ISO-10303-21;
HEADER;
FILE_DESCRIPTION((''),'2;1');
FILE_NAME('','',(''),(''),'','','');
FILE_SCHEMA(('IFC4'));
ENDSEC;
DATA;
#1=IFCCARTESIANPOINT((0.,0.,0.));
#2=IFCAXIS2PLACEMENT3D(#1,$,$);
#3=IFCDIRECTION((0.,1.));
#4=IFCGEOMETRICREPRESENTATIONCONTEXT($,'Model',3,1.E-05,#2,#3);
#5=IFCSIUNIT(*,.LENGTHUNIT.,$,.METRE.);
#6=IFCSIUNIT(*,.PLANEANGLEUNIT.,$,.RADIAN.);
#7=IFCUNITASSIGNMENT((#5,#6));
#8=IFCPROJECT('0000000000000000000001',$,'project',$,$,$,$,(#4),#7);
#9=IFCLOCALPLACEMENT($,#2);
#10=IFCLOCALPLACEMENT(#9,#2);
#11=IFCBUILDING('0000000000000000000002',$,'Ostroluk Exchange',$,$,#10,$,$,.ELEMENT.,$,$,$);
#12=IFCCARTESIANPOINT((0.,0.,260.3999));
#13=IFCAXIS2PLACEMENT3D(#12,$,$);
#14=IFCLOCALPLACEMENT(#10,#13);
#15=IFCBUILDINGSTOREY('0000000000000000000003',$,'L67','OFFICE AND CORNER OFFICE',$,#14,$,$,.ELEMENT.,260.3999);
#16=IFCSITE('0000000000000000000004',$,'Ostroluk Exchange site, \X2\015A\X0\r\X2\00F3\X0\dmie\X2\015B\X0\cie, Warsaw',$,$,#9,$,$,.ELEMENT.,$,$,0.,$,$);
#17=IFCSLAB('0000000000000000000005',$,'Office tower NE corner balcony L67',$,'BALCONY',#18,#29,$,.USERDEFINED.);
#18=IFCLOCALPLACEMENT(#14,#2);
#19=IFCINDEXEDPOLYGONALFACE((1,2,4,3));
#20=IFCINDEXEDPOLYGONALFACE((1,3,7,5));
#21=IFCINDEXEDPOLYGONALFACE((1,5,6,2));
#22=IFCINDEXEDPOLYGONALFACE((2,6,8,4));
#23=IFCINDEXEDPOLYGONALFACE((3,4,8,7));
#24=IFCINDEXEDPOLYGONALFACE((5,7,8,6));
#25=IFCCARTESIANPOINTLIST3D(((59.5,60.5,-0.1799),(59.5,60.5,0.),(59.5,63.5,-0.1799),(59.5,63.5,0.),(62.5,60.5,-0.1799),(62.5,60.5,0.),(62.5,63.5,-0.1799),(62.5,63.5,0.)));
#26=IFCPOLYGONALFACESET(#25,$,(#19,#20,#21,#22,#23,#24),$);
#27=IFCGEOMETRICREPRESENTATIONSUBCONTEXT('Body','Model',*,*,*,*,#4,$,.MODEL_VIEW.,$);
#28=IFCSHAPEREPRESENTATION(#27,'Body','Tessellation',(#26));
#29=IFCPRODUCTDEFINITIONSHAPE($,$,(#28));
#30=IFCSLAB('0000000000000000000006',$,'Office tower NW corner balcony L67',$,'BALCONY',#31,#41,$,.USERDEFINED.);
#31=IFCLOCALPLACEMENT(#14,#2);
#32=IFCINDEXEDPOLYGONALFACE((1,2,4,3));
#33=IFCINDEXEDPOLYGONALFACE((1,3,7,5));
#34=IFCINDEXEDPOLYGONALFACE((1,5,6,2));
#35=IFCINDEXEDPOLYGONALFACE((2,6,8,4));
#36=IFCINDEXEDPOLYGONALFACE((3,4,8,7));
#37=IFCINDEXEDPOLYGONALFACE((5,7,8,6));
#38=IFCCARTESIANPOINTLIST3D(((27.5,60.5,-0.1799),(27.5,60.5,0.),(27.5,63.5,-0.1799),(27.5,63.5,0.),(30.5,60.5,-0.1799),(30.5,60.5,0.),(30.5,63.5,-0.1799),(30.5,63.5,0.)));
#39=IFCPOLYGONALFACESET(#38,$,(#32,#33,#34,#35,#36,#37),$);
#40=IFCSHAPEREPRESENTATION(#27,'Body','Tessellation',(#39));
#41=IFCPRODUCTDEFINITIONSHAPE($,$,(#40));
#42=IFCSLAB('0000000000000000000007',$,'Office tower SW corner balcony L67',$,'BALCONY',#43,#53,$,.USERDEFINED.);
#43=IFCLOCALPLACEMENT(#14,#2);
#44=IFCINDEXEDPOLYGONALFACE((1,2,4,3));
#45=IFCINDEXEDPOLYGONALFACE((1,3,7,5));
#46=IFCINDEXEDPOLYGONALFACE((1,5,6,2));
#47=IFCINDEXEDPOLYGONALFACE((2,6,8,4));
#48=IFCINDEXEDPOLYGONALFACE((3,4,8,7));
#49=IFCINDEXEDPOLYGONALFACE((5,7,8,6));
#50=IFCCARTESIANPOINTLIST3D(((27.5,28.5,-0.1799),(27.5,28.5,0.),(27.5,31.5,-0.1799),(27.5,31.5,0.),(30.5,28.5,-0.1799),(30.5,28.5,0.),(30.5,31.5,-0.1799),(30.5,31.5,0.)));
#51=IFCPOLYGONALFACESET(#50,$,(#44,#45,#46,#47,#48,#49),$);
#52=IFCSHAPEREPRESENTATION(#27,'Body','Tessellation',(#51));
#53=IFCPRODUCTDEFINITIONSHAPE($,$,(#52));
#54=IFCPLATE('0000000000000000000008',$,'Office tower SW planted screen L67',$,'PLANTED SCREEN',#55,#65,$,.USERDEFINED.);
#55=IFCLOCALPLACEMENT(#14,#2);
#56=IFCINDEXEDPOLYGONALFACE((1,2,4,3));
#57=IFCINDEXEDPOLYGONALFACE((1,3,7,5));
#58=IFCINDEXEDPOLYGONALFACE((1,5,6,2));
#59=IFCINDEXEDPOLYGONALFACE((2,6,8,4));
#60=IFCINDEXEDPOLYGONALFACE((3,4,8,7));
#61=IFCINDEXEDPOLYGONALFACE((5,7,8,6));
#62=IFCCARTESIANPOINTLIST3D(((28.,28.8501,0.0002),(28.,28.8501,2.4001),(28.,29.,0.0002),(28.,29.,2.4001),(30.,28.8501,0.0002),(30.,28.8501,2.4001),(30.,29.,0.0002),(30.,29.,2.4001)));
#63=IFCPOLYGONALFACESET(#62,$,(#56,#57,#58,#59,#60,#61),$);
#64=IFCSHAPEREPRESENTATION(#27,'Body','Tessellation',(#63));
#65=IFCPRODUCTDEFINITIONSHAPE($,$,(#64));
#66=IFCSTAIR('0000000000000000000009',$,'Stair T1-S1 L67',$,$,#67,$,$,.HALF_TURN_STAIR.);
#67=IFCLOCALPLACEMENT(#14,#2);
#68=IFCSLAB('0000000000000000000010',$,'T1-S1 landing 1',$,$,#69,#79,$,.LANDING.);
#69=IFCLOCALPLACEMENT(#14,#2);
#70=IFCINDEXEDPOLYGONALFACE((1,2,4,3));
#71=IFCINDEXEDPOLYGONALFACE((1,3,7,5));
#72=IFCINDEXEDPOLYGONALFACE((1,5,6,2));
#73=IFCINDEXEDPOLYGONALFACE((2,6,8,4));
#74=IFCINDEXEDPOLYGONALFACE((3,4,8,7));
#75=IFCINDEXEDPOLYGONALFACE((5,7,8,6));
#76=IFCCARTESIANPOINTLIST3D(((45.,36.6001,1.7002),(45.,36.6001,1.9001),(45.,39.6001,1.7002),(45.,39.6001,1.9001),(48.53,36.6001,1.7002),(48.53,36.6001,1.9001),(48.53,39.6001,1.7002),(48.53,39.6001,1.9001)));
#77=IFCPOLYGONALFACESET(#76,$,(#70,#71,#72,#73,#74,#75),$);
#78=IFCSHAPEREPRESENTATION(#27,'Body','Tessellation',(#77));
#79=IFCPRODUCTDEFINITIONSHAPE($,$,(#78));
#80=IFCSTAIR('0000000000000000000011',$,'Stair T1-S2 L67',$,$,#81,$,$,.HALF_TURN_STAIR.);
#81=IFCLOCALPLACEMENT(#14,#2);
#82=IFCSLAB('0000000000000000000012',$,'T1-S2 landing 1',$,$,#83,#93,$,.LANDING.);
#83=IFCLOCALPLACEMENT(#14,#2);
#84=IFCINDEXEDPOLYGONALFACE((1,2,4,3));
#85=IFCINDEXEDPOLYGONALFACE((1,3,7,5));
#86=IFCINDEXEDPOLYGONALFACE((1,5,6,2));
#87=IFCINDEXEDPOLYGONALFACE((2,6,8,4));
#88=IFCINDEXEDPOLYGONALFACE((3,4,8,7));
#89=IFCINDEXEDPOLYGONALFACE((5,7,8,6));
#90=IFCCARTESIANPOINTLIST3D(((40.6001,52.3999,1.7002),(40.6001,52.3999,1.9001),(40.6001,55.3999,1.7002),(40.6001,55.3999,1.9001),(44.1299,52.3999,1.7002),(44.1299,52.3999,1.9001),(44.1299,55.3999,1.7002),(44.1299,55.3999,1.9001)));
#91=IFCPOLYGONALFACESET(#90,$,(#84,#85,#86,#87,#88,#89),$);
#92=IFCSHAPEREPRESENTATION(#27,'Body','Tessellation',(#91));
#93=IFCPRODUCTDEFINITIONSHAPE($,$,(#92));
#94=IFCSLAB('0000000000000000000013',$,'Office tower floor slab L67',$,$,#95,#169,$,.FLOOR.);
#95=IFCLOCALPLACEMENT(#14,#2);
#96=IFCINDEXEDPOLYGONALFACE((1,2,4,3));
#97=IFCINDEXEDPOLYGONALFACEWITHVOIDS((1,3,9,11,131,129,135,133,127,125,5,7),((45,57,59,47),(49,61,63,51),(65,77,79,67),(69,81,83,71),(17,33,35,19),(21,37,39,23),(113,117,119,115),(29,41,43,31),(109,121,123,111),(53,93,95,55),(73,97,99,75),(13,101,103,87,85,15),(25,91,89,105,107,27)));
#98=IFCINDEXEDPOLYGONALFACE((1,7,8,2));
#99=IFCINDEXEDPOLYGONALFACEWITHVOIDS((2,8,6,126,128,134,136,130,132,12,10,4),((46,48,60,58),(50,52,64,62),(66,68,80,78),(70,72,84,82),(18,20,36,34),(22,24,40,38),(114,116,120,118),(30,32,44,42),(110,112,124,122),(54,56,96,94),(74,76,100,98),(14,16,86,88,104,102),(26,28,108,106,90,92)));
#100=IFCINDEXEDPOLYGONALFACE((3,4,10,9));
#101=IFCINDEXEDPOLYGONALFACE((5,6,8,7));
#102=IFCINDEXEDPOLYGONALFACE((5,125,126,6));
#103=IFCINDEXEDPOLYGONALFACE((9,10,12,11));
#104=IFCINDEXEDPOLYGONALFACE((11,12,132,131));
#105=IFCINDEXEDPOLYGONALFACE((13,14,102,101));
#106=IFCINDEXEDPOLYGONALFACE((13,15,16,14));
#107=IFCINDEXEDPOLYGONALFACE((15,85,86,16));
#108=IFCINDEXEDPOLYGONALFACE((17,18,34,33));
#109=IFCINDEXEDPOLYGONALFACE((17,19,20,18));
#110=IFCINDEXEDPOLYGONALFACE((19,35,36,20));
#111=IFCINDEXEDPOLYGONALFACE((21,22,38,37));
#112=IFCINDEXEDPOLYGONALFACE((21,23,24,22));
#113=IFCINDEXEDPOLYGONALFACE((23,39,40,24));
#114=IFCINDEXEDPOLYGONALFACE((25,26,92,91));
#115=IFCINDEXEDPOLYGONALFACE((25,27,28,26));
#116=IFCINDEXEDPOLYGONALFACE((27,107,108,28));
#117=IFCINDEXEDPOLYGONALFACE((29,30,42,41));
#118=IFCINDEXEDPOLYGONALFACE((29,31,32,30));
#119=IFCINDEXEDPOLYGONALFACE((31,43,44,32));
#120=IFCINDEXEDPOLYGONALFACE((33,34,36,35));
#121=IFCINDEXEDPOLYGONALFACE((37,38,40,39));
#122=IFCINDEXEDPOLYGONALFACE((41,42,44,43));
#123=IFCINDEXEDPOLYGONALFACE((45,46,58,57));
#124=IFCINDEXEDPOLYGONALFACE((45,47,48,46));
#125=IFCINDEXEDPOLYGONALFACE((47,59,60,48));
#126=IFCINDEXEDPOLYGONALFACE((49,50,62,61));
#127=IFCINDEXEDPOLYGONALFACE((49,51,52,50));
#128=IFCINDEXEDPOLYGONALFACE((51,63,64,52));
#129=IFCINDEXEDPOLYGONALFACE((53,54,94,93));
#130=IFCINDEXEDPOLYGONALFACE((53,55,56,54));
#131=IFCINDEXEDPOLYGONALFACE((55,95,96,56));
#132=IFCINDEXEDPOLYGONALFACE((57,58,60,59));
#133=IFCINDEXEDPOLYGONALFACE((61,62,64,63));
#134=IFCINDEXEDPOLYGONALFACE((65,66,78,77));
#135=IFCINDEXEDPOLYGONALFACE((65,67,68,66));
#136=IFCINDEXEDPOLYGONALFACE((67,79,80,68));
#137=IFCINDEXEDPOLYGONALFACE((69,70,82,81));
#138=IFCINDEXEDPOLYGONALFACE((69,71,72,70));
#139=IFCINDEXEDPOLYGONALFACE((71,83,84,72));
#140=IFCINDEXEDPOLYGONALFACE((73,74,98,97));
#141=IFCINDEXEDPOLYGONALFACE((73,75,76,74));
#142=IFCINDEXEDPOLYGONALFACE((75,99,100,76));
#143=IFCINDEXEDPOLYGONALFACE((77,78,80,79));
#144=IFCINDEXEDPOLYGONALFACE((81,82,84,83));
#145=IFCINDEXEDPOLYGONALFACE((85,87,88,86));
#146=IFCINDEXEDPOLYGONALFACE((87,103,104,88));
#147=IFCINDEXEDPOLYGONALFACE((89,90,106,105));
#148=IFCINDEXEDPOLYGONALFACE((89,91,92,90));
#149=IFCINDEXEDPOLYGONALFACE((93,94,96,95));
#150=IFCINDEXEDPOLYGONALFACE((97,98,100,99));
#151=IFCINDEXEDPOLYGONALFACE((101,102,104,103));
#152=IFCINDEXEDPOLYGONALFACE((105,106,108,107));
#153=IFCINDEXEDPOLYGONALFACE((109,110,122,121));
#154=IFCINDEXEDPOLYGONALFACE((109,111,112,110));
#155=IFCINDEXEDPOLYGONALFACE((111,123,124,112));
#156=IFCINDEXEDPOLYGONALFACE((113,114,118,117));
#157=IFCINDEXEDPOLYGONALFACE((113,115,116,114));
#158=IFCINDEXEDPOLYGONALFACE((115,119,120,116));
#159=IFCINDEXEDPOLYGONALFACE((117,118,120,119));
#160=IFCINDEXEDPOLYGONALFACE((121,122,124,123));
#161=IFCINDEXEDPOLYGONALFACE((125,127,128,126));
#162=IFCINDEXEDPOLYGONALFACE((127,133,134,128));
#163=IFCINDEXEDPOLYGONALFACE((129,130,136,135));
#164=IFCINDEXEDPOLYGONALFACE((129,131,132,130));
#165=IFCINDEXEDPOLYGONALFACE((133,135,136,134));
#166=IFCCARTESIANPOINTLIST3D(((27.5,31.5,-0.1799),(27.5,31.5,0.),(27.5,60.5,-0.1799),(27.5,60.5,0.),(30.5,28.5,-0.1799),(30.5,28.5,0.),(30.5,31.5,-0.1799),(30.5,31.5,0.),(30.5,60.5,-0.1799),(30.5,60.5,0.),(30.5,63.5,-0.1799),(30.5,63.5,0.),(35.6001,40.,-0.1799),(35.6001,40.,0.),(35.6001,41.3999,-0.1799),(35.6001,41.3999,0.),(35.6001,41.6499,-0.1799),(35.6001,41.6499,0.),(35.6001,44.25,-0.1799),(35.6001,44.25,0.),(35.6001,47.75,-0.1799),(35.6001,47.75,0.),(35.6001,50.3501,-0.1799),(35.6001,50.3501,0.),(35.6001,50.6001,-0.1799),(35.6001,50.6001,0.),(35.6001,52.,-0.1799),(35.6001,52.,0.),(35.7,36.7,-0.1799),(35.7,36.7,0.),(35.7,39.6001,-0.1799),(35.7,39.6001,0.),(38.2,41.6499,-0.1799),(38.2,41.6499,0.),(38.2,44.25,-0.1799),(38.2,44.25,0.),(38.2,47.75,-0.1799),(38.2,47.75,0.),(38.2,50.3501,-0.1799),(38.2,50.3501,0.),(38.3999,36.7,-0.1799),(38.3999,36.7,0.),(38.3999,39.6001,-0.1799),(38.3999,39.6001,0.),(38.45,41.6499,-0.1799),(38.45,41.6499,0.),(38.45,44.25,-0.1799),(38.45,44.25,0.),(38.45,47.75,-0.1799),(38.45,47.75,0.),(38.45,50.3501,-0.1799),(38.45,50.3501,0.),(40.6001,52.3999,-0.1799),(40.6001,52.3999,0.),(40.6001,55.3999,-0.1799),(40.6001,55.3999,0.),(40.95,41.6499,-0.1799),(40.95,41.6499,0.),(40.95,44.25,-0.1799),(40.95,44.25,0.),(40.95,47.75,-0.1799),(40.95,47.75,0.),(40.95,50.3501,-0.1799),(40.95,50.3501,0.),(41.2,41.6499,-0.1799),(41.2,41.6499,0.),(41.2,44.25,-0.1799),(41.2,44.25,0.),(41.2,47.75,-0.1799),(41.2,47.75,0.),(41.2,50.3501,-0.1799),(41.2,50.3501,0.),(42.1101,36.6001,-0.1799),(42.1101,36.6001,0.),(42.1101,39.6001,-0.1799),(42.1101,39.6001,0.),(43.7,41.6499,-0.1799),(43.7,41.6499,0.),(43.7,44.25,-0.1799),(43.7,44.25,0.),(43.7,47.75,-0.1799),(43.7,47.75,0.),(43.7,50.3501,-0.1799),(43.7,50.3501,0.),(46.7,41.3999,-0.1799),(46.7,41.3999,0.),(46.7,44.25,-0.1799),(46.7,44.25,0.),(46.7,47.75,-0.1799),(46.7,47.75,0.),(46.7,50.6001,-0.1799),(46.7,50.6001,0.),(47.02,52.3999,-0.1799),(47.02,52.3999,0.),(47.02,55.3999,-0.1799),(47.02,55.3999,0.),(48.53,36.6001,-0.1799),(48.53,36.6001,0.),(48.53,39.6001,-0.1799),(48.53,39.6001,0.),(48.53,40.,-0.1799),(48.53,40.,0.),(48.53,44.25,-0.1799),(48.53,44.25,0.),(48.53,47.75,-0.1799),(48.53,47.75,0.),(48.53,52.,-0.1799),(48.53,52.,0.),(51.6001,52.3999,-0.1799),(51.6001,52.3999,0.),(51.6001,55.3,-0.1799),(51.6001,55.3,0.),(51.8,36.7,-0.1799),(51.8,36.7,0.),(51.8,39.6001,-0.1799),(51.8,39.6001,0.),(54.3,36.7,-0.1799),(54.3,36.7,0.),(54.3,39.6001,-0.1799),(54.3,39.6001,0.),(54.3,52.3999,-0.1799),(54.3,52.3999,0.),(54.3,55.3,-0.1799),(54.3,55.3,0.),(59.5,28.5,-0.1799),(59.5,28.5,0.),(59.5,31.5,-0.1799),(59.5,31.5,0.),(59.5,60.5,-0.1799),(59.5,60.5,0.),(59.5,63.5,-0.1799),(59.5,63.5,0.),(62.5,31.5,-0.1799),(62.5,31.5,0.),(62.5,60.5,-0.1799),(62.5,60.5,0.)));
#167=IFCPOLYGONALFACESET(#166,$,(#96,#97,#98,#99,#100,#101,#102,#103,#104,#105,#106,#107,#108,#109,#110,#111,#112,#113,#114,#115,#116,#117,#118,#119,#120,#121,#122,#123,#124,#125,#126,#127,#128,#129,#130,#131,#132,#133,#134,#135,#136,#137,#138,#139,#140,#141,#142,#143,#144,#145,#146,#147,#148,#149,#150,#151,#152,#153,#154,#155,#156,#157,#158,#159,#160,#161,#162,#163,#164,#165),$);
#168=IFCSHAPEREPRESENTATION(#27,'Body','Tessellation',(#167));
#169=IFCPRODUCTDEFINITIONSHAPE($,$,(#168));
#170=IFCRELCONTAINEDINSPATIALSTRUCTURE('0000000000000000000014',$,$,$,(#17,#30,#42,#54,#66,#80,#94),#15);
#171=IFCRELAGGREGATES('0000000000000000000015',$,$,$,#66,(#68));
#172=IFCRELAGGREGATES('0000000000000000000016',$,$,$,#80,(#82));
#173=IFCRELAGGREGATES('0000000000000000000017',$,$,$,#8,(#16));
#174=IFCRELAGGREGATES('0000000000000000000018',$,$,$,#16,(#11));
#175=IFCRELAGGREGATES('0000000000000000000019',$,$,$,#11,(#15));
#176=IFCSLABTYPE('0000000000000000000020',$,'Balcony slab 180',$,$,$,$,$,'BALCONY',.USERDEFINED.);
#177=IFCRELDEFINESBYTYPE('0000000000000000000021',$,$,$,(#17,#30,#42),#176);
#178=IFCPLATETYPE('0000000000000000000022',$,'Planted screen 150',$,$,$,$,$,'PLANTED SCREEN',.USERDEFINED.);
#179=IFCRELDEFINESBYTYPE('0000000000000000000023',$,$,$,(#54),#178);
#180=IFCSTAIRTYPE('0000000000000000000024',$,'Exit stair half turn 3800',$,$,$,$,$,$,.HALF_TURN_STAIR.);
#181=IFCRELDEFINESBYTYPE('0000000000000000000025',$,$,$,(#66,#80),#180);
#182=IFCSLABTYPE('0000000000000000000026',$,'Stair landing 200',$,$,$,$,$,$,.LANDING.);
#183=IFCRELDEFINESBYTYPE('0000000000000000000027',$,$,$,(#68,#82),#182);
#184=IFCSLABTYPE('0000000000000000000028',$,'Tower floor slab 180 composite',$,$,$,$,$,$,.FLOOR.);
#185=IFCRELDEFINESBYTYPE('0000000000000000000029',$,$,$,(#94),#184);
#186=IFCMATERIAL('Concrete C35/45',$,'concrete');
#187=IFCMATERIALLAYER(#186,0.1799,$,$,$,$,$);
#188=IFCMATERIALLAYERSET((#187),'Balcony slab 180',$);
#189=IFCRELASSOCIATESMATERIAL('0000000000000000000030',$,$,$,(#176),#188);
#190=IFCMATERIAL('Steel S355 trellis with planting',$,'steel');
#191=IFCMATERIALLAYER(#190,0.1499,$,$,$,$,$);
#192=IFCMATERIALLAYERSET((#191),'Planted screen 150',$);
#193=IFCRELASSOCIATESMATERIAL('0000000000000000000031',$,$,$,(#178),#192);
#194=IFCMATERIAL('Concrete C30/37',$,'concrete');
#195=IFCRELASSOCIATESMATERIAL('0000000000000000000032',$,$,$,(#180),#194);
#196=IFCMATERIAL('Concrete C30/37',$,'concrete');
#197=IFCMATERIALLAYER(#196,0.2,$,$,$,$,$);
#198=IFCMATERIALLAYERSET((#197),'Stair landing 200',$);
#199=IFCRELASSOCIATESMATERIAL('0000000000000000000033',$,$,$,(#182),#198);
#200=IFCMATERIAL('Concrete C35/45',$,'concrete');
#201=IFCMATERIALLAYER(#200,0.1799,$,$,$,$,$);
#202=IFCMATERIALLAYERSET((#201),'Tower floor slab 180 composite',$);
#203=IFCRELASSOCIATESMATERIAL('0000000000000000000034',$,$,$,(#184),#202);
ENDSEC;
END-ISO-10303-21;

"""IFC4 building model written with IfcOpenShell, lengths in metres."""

from ifc_helpers import new_model, si_unit, direction, frame, origin, origin_2d, place, context, subcontext, project, spatial, polyline, rectangle, outline, extrude, material, layer, layer_set, type_object, element, aggregate, save


model = new_model("IFC4")

# Units and contexts
model_context = context("Model", 3, precision=1e-05, world=origin(), true_north=direction((0.0, 1.0)))
body_context = subcontext(model_context, "Body", "Model", "MODEL_VIEW")
ifc_project = project(units=[si_unit("LENGTHUNIT", "METRE"), si_unit("PLANEANGLEUNIT", "RADIAN")], contexts=[model_context])

# Site, building, storey
site_placement = place(None, origin())
site = spatial("IfcSite", under=ifc_project, at=site_placement, Name="Ostroluk Exchange site, Śródmieście, Warsaw", CompositionType="ELEMENT", RefElevation=0.0)
building_placement = place(site_placement, origin())
building = spatial("IfcBuilding", under=site, at=building_placement, Name="Ostroluk Exchange", CompositionType="ELEMENT")
storey_placement = place(building_placement, frame((0.0, 0.0, 260.3999)))
storey = spatial("IfcBuildingStorey", under=building, at=storey_placement, Name="L67", Description="OFFICE AND CORNER OFFICE", CompositionType="ELEMENT", Elevation=260.3999)

# Slabs
ifc_material_1 = material(Name="Concrete C35/45", Category="concrete")
ifc_layer_1 = layer(ifc_material_1, 0.1799)
ifc_layer_set_1 = layer_set([ifc_layer_1], Name="Balcony slab 180")
slab_type_1 = type_object("IfcSlabType", Name="Balcony slab 180", ElementType="BALCONY", PredefinedType="USERDEFINED", material=ifc_layer_set_1)
slab_1_placement = place(storey_placement, frame((0.0, 0.0, -0.1799)))
element("IfcSlab", 1, at=slab_1_placement, inside=storey, type_object=slab_type_1, Name="Office tower NE corner balcony L67", ObjectType="BALCONY", PredefinedType="USERDEFINED", context=body_context, shape_type="SweptSolid", body=[
    extrude(outline(polyline([(59.5, 60.5), (62.5, 60.5), (62.5, 63.5), (59.5, 63.5), (59.5, 60.5)])), origin(), (0.0, 0.0, 1.0), 0.1799),
])
slab_2_placement = place(storey_placement, frame((0.0, 0.0, -0.1799)))
element("IfcSlab", 2, at=slab_2_placement, inside=storey, type_object=slab_type_1, Name="Office tower NW corner balcony L67", ObjectType="BALCONY", PredefinedType="USERDEFINED", context=body_context, shape_type="SweptSolid", body=[
    extrude(outline(polyline([(27.5, 60.5), (30.5, 60.5), (30.5, 63.5), (27.5, 63.5), (27.5, 60.5)])), origin(), (0.0, 0.0, 1.0), 0.1799),
])
slab_3_placement = place(storey_placement, frame((0.0, 0.0, -0.1799)))
element("IfcSlab", 3, at=slab_3_placement, inside=storey, type_object=slab_type_1, Name="Office tower SW corner balcony L67", ObjectType="BALCONY", PredefinedType="USERDEFINED", context=body_context, shape_type="SweptSolid", body=[
    extrude(outline(polyline([(27.5, 28.5), (30.5, 28.5), (30.5, 31.5), (27.5, 31.5), (27.5, 28.5)])), origin(), (0.0, 0.0, 1.0), 0.1799),
])

# Plate
ifc_material_2 = material(Name="Steel S355 trellis with planting", Category="steel")
ifc_layer_2 = layer(ifc_material_2, 0.1499)
ifc_layer_set_2 = layer_set([ifc_layer_2], Name="Planted screen 150")
plate_type = type_object("IfcPlateType", Name="Planted screen 150", ElementType="PLANTED SCREEN", PredefinedType="USERDEFINED", material=ifc_layer_set_2)
plate_placement = place(storey_placement, frame((29.0, 28.925, 0.0002), z_axis=(0.0, 0.0, 1.0), x_axis=(1.0, 0.0, 0.0)))
element("IfcPlate", 4, at=plate_placement, inside=storey, type_object=plate_type, Name="Office tower SW planted screen L67", ObjectType="PLANTED SCREEN", PredefinedType="USERDEFINED", context=body_context, shape_type="SweptSolid", body=[
    extrude(rectangle(XDim=2.0, YDim=0.1499, at=origin_2d()), origin(), (0.0, 0.0, 1.0), 2.3999),
])

# Stairs, slabs
ifc_material_3 = material(Name="Concrete C30/37", Category="concrete")
stair_type = type_object("IfcStairType", Name="Exit stair half turn 3800", PredefinedType="HALF_TURN_STAIR", material=ifc_material_3)
stair_1_placement = place(storey_placement, origin())
stair_1 = element("IfcStair", 5, at=stair_1_placement, inside=storey, type_object=stair_type, Name="Stair T1-S1 L67", PredefinedType="HALF_TURN_STAIR")
ifc_material_4 = material(Name="Concrete C30/37", Category="concrete")
ifc_layer_3 = layer(ifc_material_4, 0.2)
ifc_layer_set_3 = layer_set([ifc_layer_3], Name="Stair landing 200")
slab_type_2 = type_object("IfcSlabType", Name="Stair landing 200", PredefinedType="LANDING", material=ifc_layer_set_3)
slab_4_placement = place(storey_placement, frame((0.0, 0.0, 1.7002)))
slab_4 = element("IfcSlab", 6, at=slab_4_placement, type_object=slab_type_2, Name="T1-S1 landing 1", PredefinedType="LANDING", context=body_context, shape_type="SweptSolid", body=[
    extrude(outline(polyline([(45.0, 36.6001), (45.0, 39.6001), (48.53, 39.6001), (48.53, 36.6001), (45.0, 36.6001)])), origin(), (0.0, 0.0, 1.0), 0.2),
])
aggregate(stair_1, [slab_4])
stair_2_placement = place(storey_placement, origin())
stair_2 = element("IfcStair", 7, at=stair_2_placement, inside=storey, type_object=stair_type, Name="Stair T1-S2 L67", PredefinedType="HALF_TURN_STAIR")
slab_5_placement = place(storey_placement, frame((0.0, 0.0, 1.7002)))
slab_5 = element("IfcSlab", 8, at=slab_5_placement, type_object=slab_type_2, Name="T1-S2 landing 1", PredefinedType="LANDING", context=body_context, shape_type="SweptSolid", body=[
    extrude(outline(polyline([(44.1299, 52.3999), (44.1299, 55.3999), (40.6001, 55.3999), (40.6001, 52.3999), (44.1299, 52.3999)])), origin(), (0.0, 0.0, 1.0), 0.2),
])
aggregate(stair_2, [slab_5])

# Slab
ifc_material_5 = material(Name="Concrete C35/45", Category="concrete")
ifc_layer_4 = layer(ifc_material_5, 0.1799)
ifc_layer_set_4 = layer_set([ifc_layer_4], Name="Tower floor slab 180 composite")
slab_type_3 = type_object("IfcSlabType", Name="Tower floor slab 180 composite", PredefinedType="FLOOR", material=ifc_layer_set_4)
slab_6_placement = place(storey_placement, frame((0.0, 0.0, -0.1799)))
element("IfcSlab", 9, at=slab_6_placement, inside=storey, type_object=slab_type_3, Name="Office tower floor slab L67", PredefinedType="FLOOR", context=body_context, shape_type="SweptSolid", body=[
    extrude(outline(polyline([(30.5, 28.5), (59.5, 28.5), (59.5, 31.5), (62.5, 31.5), (62.5, 60.5), (59.5, 60.5), (59.5, 63.5), (30.5, 63.5), (30.5, 60.5), (27.5, 60.5), (27.5, 31.5), (30.5, 31.5), (30.5, 28.5)]), holes=[polyline([(35.7, 36.7), (38.3999, 36.7), (38.3999, 39.6001), (35.7, 39.6001), (35.7, 36.7)]), polyline([(42.1101, 36.6001), (48.53, 36.6001), (48.53, 39.6001), (42.1101, 39.6001), (42.1101, 36.6001)]), polyline([(51.8, 36.7), (54.3, 36.7), (54.3, 39.6001), (51.8, 39.6001), (51.8, 36.7)]), polyline([(40.6001, 52.3999), (47.02, 52.3999), (47.02, 55.3999), (40.6001, 55.3999), (40.6001, 52.3999)]), polyline([(51.6001, 52.3999), (54.3, 52.3999), (54.3, 55.3), (51.6001, 55.3), (51.6001, 52.3999)]), polyline([(35.6001, 47.75), (38.2, 47.75), (38.2, 50.3501), (35.6001, 50.3501), (35.6001, 47.75)]), polyline([(38.45, 47.75), (40.95, 47.75), (40.95, 50.3501), (38.45, 50.3501), (38.45, 47.75)]), polyline([(41.2, 47.75), (43.7, 47.75), (43.7, 50.3501), (41.2, 50.3501), (41.2, 47.75)]), polyline([(35.6001, 41.6499), (38.2, 41.6499), (38.2, 44.25), (35.6001, 44.25), (35.6001, 41.6499)]), polyline([(38.45, 41.6499), (40.95, 41.6499), (40.95, 44.25), (38.45, 44.25), (38.45, 41.6499)]), polyline([(41.2, 41.6499), (43.7, 41.6499), (43.7, 44.25), (41.2, 44.25), (41.2, 41.6499)]), polyline([(48.53, 52.0), (48.53, 47.75), (46.7, 47.75), (46.7, 50.6001), (35.6001, 50.6001), (35.6001, 52.0), (48.53, 52.0)]), polyline([(35.6001, 40.0), (35.6001, 41.3999), (46.7, 41.3999), (46.7, 44.25), (48.53, 44.25), (48.53, 40.0), (35.6001, 40.0)])]), origin(), (0.0, 0.0, 1.0), 0.1799),
])

save(model, "model.ifc")
